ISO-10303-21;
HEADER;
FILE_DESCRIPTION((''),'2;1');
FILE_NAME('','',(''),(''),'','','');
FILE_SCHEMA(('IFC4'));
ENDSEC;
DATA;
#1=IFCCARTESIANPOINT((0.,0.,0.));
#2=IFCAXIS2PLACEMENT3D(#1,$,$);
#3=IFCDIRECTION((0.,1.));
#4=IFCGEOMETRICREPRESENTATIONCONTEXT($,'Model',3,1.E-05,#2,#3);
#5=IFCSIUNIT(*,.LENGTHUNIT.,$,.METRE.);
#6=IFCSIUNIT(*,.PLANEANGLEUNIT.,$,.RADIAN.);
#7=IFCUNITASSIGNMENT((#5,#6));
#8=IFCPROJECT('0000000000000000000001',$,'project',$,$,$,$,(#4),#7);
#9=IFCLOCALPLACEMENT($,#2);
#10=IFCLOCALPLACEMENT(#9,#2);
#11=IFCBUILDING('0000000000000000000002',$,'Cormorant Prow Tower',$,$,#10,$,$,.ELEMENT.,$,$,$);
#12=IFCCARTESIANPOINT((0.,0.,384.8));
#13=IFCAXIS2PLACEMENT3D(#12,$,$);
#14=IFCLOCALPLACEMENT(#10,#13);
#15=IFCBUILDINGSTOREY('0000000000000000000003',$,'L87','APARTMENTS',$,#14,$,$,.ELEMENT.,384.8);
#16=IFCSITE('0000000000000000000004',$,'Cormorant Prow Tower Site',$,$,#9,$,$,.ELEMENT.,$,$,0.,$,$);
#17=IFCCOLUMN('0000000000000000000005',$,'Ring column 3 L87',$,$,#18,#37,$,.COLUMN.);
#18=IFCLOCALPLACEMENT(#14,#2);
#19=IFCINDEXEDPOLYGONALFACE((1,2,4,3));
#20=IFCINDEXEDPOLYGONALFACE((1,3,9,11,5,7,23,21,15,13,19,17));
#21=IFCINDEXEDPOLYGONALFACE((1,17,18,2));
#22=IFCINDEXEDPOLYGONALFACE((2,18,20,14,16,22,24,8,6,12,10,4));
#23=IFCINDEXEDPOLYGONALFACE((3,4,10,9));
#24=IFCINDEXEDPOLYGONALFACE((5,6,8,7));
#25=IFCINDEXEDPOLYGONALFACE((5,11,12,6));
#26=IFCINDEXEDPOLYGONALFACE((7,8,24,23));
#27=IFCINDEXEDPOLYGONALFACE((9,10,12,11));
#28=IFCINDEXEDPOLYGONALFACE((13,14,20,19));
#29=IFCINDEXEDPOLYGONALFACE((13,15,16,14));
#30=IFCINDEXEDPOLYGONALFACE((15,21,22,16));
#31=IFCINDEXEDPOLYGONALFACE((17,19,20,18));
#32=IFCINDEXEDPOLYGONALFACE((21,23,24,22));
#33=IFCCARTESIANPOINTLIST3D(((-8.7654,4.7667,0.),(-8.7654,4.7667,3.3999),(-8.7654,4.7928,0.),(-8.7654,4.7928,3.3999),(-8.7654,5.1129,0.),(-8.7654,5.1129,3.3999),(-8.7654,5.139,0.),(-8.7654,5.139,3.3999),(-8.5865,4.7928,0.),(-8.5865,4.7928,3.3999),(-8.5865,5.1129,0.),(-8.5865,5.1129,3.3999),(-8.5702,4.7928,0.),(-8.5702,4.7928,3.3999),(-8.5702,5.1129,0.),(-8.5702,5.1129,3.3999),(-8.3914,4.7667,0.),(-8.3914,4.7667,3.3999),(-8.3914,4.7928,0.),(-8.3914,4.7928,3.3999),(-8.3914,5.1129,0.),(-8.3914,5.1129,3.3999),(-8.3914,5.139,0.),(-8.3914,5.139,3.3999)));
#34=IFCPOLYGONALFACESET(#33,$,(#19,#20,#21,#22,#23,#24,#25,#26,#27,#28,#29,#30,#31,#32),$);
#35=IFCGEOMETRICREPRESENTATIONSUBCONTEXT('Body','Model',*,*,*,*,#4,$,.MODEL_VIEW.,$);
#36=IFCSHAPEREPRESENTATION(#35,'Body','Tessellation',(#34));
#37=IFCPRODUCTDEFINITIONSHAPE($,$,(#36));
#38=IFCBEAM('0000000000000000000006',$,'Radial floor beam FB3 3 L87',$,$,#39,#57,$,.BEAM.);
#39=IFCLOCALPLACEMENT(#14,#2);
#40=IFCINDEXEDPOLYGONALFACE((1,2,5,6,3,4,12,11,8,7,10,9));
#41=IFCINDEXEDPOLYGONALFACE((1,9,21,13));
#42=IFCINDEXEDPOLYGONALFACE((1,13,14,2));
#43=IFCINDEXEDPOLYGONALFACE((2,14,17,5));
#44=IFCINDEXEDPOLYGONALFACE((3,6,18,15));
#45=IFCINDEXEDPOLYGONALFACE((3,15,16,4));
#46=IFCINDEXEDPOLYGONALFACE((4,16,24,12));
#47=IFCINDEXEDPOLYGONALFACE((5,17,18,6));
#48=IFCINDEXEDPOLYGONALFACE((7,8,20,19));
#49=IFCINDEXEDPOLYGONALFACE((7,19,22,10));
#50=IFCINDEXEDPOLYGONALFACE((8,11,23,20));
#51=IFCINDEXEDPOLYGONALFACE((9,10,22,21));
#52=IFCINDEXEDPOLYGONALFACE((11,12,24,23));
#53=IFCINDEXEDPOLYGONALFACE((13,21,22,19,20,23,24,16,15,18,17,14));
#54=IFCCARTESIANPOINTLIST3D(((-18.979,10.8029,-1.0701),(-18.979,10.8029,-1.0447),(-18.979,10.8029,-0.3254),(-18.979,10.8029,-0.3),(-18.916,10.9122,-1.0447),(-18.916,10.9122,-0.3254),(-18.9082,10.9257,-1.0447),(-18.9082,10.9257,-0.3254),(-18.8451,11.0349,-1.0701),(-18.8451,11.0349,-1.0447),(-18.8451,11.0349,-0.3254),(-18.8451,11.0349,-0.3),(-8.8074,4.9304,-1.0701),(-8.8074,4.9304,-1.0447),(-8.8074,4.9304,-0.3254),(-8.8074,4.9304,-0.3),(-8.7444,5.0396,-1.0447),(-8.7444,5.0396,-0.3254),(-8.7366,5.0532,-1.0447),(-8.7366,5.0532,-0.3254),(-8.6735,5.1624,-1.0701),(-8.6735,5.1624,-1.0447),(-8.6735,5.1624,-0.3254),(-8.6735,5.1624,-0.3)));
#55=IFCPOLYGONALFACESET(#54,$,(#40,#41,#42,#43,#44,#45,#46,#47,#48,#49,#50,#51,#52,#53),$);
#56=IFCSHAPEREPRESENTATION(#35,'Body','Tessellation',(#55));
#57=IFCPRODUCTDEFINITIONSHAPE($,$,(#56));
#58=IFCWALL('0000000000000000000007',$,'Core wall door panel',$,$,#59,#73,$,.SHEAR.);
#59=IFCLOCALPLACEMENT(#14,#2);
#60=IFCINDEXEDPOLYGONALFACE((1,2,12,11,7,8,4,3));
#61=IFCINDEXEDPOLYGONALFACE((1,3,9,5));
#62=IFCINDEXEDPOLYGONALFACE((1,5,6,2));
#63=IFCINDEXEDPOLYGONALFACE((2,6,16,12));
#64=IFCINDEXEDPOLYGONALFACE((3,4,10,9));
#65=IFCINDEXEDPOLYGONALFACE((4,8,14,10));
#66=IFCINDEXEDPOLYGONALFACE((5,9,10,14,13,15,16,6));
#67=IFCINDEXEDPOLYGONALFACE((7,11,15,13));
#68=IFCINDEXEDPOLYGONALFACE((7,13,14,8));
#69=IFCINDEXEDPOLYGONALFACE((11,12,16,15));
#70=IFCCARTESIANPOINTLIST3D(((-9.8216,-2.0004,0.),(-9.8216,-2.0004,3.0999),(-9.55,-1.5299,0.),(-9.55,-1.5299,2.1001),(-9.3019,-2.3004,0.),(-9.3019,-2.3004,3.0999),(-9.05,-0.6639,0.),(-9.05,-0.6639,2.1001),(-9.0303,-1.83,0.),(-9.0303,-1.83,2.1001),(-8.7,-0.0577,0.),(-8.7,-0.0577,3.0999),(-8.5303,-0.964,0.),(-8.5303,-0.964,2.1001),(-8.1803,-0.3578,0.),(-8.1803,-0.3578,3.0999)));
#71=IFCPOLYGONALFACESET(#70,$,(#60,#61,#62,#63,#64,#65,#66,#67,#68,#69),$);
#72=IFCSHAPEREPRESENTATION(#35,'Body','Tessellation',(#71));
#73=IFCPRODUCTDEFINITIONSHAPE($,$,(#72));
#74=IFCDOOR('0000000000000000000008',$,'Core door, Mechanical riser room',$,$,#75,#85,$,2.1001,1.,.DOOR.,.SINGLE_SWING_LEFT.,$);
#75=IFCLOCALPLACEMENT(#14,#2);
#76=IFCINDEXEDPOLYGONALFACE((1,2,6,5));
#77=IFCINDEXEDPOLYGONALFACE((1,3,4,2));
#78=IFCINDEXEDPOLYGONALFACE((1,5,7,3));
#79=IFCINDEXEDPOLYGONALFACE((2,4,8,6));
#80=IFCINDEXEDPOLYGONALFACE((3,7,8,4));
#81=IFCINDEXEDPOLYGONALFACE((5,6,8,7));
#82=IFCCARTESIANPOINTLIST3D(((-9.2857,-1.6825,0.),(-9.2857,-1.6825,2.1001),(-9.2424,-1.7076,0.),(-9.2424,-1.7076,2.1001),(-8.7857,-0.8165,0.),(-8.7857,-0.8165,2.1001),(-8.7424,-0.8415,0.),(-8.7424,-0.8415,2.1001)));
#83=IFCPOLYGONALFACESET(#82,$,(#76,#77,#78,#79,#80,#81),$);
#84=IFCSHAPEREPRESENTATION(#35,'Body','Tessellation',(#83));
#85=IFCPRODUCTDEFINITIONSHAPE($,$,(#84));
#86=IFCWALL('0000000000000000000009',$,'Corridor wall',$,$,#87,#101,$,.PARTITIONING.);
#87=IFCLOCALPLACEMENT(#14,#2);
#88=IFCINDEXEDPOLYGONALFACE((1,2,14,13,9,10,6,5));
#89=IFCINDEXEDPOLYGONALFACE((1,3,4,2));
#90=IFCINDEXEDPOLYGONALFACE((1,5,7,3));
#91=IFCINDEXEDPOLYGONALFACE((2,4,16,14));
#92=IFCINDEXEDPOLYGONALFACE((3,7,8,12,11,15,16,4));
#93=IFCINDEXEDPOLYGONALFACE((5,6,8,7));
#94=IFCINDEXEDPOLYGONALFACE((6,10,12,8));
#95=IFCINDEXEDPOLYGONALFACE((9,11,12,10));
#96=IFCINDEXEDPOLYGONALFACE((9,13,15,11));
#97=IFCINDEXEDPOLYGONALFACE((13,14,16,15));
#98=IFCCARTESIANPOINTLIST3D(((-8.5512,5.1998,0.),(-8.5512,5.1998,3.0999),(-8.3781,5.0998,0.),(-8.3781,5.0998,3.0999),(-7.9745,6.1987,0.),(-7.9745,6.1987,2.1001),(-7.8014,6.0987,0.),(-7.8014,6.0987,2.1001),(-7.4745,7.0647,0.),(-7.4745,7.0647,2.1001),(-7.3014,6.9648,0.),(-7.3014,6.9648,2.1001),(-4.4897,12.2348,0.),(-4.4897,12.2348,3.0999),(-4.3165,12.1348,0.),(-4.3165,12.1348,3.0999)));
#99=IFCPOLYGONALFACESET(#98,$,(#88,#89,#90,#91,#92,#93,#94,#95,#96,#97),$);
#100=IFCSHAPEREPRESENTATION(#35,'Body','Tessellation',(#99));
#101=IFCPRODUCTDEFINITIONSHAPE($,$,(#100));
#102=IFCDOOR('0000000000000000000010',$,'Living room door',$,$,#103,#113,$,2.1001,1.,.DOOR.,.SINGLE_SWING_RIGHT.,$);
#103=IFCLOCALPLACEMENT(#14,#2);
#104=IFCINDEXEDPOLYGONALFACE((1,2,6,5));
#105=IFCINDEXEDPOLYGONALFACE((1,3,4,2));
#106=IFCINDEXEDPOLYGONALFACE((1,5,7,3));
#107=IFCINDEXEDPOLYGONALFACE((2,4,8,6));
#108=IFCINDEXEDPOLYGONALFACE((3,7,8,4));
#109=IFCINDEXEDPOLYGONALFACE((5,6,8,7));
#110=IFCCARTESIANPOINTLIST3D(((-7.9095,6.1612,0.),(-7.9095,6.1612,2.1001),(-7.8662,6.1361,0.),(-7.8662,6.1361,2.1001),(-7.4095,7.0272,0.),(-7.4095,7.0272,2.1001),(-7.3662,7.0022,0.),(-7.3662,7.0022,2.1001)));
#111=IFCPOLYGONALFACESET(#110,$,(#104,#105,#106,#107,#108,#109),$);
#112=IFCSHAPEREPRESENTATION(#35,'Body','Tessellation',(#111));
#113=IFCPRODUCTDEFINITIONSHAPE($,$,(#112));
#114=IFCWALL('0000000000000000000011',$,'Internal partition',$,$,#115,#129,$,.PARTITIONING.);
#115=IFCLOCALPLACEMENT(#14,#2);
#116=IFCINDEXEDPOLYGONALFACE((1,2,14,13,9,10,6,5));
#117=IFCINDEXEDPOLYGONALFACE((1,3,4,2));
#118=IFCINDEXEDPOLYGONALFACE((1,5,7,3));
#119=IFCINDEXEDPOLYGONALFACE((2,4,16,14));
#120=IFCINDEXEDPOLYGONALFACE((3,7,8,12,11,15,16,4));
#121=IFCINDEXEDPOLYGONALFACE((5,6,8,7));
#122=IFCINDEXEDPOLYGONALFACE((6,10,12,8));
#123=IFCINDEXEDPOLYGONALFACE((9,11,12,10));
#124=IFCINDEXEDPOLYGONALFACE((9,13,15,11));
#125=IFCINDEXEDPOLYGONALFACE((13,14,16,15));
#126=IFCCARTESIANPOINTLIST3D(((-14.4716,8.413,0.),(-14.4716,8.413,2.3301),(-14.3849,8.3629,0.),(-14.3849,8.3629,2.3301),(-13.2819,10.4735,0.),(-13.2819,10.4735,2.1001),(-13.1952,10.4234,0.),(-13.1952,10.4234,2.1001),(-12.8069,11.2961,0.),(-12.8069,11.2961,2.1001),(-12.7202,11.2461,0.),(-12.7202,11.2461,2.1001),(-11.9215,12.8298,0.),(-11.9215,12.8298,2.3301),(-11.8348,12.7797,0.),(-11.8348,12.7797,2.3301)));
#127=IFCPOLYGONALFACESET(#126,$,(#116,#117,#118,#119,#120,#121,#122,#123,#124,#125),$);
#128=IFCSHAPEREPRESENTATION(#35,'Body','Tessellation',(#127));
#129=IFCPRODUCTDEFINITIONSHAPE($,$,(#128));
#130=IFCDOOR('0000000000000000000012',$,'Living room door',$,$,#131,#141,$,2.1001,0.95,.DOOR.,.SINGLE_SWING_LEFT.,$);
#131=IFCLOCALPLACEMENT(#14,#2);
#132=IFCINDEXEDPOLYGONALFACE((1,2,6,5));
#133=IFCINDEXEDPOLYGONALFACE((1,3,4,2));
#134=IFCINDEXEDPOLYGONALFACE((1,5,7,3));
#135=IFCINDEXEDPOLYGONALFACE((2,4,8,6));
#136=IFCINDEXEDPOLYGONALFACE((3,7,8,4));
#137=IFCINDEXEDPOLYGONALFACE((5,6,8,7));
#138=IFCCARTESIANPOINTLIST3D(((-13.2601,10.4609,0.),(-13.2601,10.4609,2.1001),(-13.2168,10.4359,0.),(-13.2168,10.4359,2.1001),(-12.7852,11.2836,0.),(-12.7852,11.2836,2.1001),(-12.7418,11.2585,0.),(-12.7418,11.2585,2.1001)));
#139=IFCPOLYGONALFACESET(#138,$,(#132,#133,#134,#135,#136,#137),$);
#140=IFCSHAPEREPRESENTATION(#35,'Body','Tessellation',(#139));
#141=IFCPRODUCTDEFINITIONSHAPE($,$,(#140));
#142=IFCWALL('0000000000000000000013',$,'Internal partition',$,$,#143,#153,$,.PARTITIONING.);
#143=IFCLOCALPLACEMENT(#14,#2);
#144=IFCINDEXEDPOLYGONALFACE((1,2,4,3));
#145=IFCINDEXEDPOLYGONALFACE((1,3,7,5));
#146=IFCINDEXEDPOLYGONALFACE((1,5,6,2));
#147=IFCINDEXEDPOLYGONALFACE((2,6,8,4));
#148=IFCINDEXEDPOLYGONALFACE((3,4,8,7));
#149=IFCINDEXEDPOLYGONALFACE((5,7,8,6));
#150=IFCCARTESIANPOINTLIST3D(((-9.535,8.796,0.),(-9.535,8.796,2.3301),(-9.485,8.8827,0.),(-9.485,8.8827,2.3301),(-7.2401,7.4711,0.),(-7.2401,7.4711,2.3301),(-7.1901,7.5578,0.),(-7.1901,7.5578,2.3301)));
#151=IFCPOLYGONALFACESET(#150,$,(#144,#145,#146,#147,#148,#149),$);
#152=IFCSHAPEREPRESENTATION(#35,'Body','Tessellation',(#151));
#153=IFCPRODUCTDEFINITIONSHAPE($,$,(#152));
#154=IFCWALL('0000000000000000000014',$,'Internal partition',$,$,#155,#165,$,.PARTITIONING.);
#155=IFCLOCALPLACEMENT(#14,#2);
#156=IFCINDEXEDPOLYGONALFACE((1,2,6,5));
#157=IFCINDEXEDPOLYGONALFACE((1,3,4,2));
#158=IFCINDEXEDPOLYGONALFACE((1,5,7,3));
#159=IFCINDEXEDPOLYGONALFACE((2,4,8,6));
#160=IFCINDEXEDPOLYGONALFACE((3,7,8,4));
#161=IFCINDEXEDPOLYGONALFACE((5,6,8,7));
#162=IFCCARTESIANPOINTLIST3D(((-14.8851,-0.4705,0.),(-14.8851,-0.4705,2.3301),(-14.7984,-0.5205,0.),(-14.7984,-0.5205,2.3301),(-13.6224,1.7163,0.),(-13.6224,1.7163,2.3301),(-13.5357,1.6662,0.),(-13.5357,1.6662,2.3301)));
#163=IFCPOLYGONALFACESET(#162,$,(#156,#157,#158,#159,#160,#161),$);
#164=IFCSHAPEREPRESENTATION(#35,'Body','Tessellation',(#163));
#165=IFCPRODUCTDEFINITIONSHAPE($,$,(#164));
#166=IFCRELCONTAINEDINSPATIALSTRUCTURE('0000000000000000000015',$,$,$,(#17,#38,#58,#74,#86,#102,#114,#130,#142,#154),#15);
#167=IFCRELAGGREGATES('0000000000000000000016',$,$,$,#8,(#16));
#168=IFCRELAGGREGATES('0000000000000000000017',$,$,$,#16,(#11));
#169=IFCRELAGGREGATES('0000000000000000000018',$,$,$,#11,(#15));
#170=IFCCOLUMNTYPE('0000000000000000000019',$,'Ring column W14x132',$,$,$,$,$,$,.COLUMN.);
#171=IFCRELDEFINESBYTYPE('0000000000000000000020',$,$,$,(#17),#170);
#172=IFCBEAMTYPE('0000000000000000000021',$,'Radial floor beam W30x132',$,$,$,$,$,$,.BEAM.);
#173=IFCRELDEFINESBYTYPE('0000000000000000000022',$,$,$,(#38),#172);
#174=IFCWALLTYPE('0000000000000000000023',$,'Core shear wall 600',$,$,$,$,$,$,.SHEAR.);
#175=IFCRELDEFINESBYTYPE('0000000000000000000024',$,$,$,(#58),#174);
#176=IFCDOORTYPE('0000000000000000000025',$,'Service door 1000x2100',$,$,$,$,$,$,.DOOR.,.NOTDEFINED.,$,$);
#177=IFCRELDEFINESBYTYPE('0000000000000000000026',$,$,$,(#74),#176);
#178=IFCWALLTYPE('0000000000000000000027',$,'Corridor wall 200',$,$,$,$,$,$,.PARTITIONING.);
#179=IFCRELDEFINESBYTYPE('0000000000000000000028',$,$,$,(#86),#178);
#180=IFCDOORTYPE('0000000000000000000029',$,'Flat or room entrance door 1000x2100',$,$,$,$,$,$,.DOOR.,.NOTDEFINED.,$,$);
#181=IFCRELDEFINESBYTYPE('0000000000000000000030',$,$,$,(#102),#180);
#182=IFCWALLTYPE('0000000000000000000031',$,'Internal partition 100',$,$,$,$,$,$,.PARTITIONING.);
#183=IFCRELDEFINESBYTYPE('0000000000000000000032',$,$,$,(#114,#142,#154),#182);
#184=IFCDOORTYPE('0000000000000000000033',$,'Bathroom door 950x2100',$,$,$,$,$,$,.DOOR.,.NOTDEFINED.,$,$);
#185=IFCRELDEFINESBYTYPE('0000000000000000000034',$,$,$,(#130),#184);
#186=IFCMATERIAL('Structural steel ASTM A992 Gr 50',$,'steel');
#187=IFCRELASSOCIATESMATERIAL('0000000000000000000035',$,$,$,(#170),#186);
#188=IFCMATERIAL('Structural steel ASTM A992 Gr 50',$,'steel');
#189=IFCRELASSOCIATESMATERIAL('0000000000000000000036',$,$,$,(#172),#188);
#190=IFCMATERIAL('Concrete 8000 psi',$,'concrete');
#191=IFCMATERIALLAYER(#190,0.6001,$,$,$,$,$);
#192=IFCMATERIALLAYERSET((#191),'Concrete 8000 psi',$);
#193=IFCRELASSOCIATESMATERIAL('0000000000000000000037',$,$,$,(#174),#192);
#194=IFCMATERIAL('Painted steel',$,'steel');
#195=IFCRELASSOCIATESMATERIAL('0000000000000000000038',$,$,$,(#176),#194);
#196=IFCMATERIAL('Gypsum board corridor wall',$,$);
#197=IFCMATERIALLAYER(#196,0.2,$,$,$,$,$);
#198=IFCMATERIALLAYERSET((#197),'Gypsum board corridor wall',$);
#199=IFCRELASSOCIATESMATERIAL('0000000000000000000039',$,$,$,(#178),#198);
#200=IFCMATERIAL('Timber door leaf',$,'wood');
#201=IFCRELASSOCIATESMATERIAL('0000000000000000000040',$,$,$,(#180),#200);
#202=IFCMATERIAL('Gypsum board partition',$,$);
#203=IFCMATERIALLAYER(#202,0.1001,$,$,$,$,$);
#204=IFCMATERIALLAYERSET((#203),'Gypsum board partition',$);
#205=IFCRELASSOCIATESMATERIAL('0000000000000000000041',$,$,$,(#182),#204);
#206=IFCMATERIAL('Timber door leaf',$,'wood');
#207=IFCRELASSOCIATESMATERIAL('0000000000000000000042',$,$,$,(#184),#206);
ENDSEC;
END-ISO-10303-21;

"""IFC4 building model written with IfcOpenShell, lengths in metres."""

from ifc_helpers import new_model, si_unit, direction, frame, frame_2d, origin, origin_2d, place, context, subcontext, project, spatial, rectangle, i_section, extrude, material, layer, layer_set, material_profile, profile_set, type_object, element, fill, save


model = new_model("IFC4")

# Units and contexts
model_context = context("Model", 3, precision=1e-05, world=origin(), true_north=direction((0.0, 1.0)))
body_context = subcontext(model_context, "Body", "Model", "MODEL_VIEW")
ifc_project = project(units=[si_unit("LENGTHUNIT", "METRE"), si_unit("PLANEANGLEUNIT", "RADIAN")], contexts=[model_context])

# Site, building, storey
site_placement = place(None, origin())
site = spatial("IfcSite", under=ifc_project, at=site_placement, Name="Cormorant Prow Tower Site", CompositionType="ELEMENT", RefElevation=0.0)
building_placement = place(site_placement, origin())
building = spatial("IfcBuilding", under=site, at=building_placement, Name="Cormorant Prow Tower", CompositionType="ELEMENT")
storey_placement = place(building_placement, frame((0.0, 0.0, 384.8)))
storey = spatial("IfcBuildingStorey", under=building, at=storey_placement, Name="L87", Description="APARTMENTS", CompositionType="ELEMENT", Elevation=384.8)

# Column
ifc_material_1 = material(Name="Structural steel ASTM A992 Gr 50", Category="steel")
ifc_material_profile_1 = material_profile(ifc_material_1, i_section(OverallWidth=0.374, OverallDepth=0.3723, WebThickness=0.0164, FlangeThickness=0.0261, at=origin_2d()), Name="W14x132")
ifc_profile_set_1 = profile_set([ifc_material_profile_1], Name="Structural steel ASTM A992 Gr 50")
column_type = type_object("IfcColumnType", Name="Ring column W14x132", PredefinedType="COLUMN", material=ifc_profile_set_1)
column_placement = place(storey_placement, frame((-8.5784, 4.9529, 0.0), z_axis=(0.0, 0.0, 1.0), x_axis=(1.0, 0.0, 0.0)))
element("IfcColumn", 1, at=column_placement, inside=storey, type_object=column_type, Name="Ring column 3 L87", PredefinedType="COLUMN", context=body_context, shape_type="SweptSolid", body=[
    extrude(i_section(OverallWidth=0.374, OverallDepth=0.3723, WebThickness=0.0164, FlangeThickness=0.0261, at=origin_2d()), origin(), (0.0, 0.0, 1.0), 3.3999),
])

# Beam
ifc_material_2 = material(Name="Structural steel ASTM A992 Gr 50", Category="steel")
ifc_material_profile_2 = material_profile(ifc_material_2, i_section(OverallWidth=0.2678, OverallDepth=0.77, WebThickness=0.0156, FlangeThickness=0.0254, at=origin_2d()), Name="W30x132")
ifc_profile_set_2 = profile_set([ifc_material_profile_2], Name="Structural steel ASTM A992 Gr 50")
beam_type = type_object("IfcBeamType", Name="Radial floor beam W30x132", PredefinedType="BEAM", material=ifc_profile_set_2)
beam_placement = place(storey_placement, frame((-8.7405, 5.0464, -0.6851), z_axis=(-0.866027, 0.499998, 0.0), x_axis=(-0.499998, -0.866027, 0.0)))
element("IfcBeam", 2, at=beam_placement, inside=storey, type_object=beam_type, Name="Radial floor beam FB3 3 L87", PredefinedType="BEAM", context=body_context, shape_type="SweptSolid", body=[
    extrude(i_section(OverallWidth=0.2678, OverallDepth=0.77, WebThickness=0.0156, FlangeThickness=0.0254, at=origin_2d()), origin(), (0.0, 0.0, 1.0), 11.7451),
])

# Walls, openings, doors
ifc_material_3 = material(Name="Concrete 8000 psi", Category="concrete")
ifc_layer_1 = layer(ifc_material_3, 0.6001)
ifc_layer_set_1 = layer_set([ifc_layer_1], Name="Concrete 8000 psi")
wall_type_1 = type_object("IfcWallType", Name="Core shear wall 600", PredefinedType="SHEAR", material=ifc_layer_set_1)
wall_1_placement = place(storey_placement, frame((-8.4402, -0.2078, 0.0), z_axis=(0.0, 0.0, 1.0), x_axis=(-0.500002, -0.866024, 0.0)))
wall_1 = element("IfcWall", 3, at=wall_1_placement, inside=storey, type_object=wall_type_1, Name="Core wall door panel", PredefinedType="SHEAR", context=body_context, shape_type="SweptSolid", body=[
    extrude(rectangle(XDim=2.2432, YDim=0.6001, at=frame_2d((1.1216, 0.0))), origin(), (0.0, 0.0, 1.0), 3.0999),
])
opening_1_placement = place(wall_1_placement, frame((0.7, 0.0, 0.0)))
opening_1 = element("IfcOpeningElement", 4, at=opening_1_placement, cuts=wall_1, PredefinedType="OPENING", context=body_context, shape_type="SweptSolid", body=[
    extrude(rectangle(XDim=1.0, YDim=2.1001, at=frame_2d((0.5, 1.05))), frame((0.0, 0.3101, 0.0), z_axis=(0.0, -1.0, 0.0), x_axis=(1.0, 0.0, 0.0)), (0.0, 0.0, 1.0), 0.6201),
])
ifc_material_4 = material(Name="Painted steel", Category="steel")
door_type_1 = type_object("IfcDoorType", Name="Service door 1000x2100", OperationType="NOTDEFINED", PredefinedType="DOOR", material=ifc_material_4)
door_1_placement = place(opening_1_placement, origin())
door_1 = element("IfcDoor", 5, at=door_1_placement, inside=storey, type_object=door_type_1, Name="Core door, Mechanical riser room", OperationType="SINGLE_SWING_LEFT", OverallHeight=2.1001, OverallWidth=1.0, PredefinedType="DOOR", context=body_context, shape_type="SweptSolid", body=[
    extrude(rectangle(XDim=1.0, YDim=2.1001, at=frame_2d((0.5, 1.05))), frame((0.0, 0.0552, 0.0), z_axis=(0.0, -1.0, 0.0), x_axis=(1.0, 0.0, 0.0)), (0.0, 0.0, 1.0), 0.05),
])
fill(opening_1, door_1)
ifc_material_5 = material(Name="Gypsum board corridor wall")
ifc_layer_2 = layer(ifc_material_5, 0.2)
ifc_layer_set_2 = layer_set([ifc_layer_2], Name="Gypsum board corridor wall")
wall_type_2 = type_object("IfcWallType", Name="Corridor wall 200", PredefinedType="PARTITIONING", material=ifc_layer_set_2)
wall_2_placement = place(storey_placement, frame((-8.4646, 5.1499, 0.0), z_axis=(0.0, 0.0, 1.0), x_axis=(0.499992, 0.86603, 0.0)))
wall_2 = element("IfcWall", 6, at=wall_2_placement, inside=storey, type_object=wall_type_2, Name="Corridor wall", PredefinedType="PARTITIONING", context=body_context, shape_type="SweptSolid", body=[
    extrude(rectangle(XDim=8.1233, YDim=0.2, at=frame_2d((4.0615, 0.0))), origin(), (0.0, 0.0, 1.0), 3.0999),
])
opening_2_placement = place(wall_2_placement, frame((1.1533, 0.0, 0.0)))
opening_2 = element("IfcOpeningElement", 7, at=opening_2_placement, cuts=wall_2, PredefinedType="OPENING", context=body_context, shape_type="SweptSolid", body=[
    extrude(rectangle(XDim=1.0, YDim=2.1001, at=frame_2d((0.5, 1.05))), frame((0.0, 0.1099, 0.0), z_axis=(0.0, -1.0, 0.0), x_axis=(1.0, 0.0, 0.0)), (0.0, 0.0, 1.0), 0.22),
])
ifc_material_6 = material(Name="Timber door leaf", Category="wood")
door_type_2 = type_object("IfcDoorType", Name="Flat or room entrance door 1000x2100", OperationType="NOTDEFINED", PredefinedType="DOOR", material=ifc_material_6)
door_2_placement = place(opening_2_placement, origin())
door_2 = element("IfcDoor", 8, at=door_2_placement, inside=storey, type_object=door_type_2, Name="Living room door", OperationType="SINGLE_SWING_RIGHT", OverallHeight=2.1001, OverallWidth=1.0, PredefinedType="DOOR", context=body_context, shape_type="SweptSolid", body=[
    extrude(rectangle(XDim=1.0, YDim=2.1001, at=frame_2d((0.5, 1.05))), frame((0.0, 0.0249, 0.0), z_axis=(0.0, -1.0, 0.0), x_axis=(1.0, 0.0, 0.0)), (0.0, 0.0, 1.0), 0.05),
])
fill(opening_2, door_2)
ifc_material_7 = material(Name="Gypsum board partition")
ifc_layer_3 = layer(ifc_material_7, 0.1001)
ifc_layer_set_3 = layer_set([ifc_layer_3], Name="Gypsum board partition")
wall_type_3 = type_object("IfcWallType", Name="Internal partition 100", PredefinedType="PARTITIONING", material=ifc_layer_set_3)
wall_3_placement = place(storey_placement, frame((-14.4282, 8.3879, 0.0), z_axis=(0.0, 0.0, 1.0), x_axis=(0.500006, 0.866022, 0.0)))
wall_3 = element("IfcWall", 9, at=wall_3_placement, inside=storey, type_object=wall_type_3, Name="Internal partition", PredefinedType="PARTITIONING", context=body_context, shape_type="SweptSolid", body=[
    extrude(rectangle(XDim=5.1001, YDim=0.1001, at=frame_2d((2.55, 0.0))), origin(), (0.0, 0.0, 1.0), 2.3301),
])
opening_3_placement = place(wall_3_placement, frame((2.3792, 0.0, 0.0)))
opening_3 = element("IfcOpeningElement", 10, at=opening_3_placement, cuts=wall_3, PredefinedType="OPENING", context=body_context, shape_type="SweptSolid", body=[
    extrude(rectangle(XDim=0.95, YDim=2.1001, at=frame_2d((0.4751, 1.05))), frame((0.0, 0.0601, 0.0), z_axis=(0.0, -1.0, 0.0), x_axis=(1.0, 0.0, 0.0)), (0.0, 0.0, 1.0), 0.1201),
])
ifc_material_8 = material(Name="Timber door leaf", Category="wood")
door_type_3 = type_object("IfcDoorType", Name="Bathroom door 950x2100", OperationType="NOTDEFINED", PredefinedType="DOOR", material=ifc_material_8)
door_3_placement = place(opening_3_placement, origin())
door_3 = element("IfcDoor", 11, at=door_3_placement, inside=storey, type_object=door_type_3, Name="Living room door", OperationType="SINGLE_SWING_LEFT", OverallHeight=2.1001, OverallWidth=0.95, PredefinedType="DOOR", context=body_context, shape_type="SweptSolid", body=[
    extrude(rectangle(XDim=0.95, YDim=2.1001, at=frame_2d((0.4751, 1.05))), frame((0.0, 0.0249, 0.0), z_axis=(0.0, -1.0, 0.0), x_axis=(1.0, 0.0, 0.0)), (0.0, 0.0, 1.0), 0.05),
])
fill(opening_3, door_3)

# Walls
wall_4_placement = place(storey_placement, frame((-9.51, 8.8394, 0.0), z_axis=(0.0, 0.0, 1.0), x_axis=(0.866029, -0.499994, 0.0)))
element("IfcWall", 12, at=wall_4_placement, inside=storey, type_object=wall_type_3, Name="Internal partition", PredefinedType="PARTITIONING", context=body_context, shape_type="SweptSolid", body=[
    extrude(rectangle(XDim=2.6499, YDim=0.1001, at=frame_2d((1.325, 0.0))), origin(), (0.0, 0.0, 1.0), 2.3301),
])
wall_5_placement = place(storey_placement, frame((-14.8418, -0.4956, 0.0), z_axis=(0.0, 0.0, 1.0), x_axis=(0.500049, 0.865997, 0.0)))
element("IfcWall", 13, at=wall_5_placement, inside=storey, type_object=wall_type_3, Name="Internal partition", PredefinedType="PARTITIONING", context=body_context, shape_type="SweptSolid", body=[
    extrude(rectangle(XDim=2.5251, YDim=0.1001, at=frame_2d((1.2627, 0.0))), origin(), (0.0, 0.0, 1.0), 2.3301),
])

save(model, "model.ifc")
